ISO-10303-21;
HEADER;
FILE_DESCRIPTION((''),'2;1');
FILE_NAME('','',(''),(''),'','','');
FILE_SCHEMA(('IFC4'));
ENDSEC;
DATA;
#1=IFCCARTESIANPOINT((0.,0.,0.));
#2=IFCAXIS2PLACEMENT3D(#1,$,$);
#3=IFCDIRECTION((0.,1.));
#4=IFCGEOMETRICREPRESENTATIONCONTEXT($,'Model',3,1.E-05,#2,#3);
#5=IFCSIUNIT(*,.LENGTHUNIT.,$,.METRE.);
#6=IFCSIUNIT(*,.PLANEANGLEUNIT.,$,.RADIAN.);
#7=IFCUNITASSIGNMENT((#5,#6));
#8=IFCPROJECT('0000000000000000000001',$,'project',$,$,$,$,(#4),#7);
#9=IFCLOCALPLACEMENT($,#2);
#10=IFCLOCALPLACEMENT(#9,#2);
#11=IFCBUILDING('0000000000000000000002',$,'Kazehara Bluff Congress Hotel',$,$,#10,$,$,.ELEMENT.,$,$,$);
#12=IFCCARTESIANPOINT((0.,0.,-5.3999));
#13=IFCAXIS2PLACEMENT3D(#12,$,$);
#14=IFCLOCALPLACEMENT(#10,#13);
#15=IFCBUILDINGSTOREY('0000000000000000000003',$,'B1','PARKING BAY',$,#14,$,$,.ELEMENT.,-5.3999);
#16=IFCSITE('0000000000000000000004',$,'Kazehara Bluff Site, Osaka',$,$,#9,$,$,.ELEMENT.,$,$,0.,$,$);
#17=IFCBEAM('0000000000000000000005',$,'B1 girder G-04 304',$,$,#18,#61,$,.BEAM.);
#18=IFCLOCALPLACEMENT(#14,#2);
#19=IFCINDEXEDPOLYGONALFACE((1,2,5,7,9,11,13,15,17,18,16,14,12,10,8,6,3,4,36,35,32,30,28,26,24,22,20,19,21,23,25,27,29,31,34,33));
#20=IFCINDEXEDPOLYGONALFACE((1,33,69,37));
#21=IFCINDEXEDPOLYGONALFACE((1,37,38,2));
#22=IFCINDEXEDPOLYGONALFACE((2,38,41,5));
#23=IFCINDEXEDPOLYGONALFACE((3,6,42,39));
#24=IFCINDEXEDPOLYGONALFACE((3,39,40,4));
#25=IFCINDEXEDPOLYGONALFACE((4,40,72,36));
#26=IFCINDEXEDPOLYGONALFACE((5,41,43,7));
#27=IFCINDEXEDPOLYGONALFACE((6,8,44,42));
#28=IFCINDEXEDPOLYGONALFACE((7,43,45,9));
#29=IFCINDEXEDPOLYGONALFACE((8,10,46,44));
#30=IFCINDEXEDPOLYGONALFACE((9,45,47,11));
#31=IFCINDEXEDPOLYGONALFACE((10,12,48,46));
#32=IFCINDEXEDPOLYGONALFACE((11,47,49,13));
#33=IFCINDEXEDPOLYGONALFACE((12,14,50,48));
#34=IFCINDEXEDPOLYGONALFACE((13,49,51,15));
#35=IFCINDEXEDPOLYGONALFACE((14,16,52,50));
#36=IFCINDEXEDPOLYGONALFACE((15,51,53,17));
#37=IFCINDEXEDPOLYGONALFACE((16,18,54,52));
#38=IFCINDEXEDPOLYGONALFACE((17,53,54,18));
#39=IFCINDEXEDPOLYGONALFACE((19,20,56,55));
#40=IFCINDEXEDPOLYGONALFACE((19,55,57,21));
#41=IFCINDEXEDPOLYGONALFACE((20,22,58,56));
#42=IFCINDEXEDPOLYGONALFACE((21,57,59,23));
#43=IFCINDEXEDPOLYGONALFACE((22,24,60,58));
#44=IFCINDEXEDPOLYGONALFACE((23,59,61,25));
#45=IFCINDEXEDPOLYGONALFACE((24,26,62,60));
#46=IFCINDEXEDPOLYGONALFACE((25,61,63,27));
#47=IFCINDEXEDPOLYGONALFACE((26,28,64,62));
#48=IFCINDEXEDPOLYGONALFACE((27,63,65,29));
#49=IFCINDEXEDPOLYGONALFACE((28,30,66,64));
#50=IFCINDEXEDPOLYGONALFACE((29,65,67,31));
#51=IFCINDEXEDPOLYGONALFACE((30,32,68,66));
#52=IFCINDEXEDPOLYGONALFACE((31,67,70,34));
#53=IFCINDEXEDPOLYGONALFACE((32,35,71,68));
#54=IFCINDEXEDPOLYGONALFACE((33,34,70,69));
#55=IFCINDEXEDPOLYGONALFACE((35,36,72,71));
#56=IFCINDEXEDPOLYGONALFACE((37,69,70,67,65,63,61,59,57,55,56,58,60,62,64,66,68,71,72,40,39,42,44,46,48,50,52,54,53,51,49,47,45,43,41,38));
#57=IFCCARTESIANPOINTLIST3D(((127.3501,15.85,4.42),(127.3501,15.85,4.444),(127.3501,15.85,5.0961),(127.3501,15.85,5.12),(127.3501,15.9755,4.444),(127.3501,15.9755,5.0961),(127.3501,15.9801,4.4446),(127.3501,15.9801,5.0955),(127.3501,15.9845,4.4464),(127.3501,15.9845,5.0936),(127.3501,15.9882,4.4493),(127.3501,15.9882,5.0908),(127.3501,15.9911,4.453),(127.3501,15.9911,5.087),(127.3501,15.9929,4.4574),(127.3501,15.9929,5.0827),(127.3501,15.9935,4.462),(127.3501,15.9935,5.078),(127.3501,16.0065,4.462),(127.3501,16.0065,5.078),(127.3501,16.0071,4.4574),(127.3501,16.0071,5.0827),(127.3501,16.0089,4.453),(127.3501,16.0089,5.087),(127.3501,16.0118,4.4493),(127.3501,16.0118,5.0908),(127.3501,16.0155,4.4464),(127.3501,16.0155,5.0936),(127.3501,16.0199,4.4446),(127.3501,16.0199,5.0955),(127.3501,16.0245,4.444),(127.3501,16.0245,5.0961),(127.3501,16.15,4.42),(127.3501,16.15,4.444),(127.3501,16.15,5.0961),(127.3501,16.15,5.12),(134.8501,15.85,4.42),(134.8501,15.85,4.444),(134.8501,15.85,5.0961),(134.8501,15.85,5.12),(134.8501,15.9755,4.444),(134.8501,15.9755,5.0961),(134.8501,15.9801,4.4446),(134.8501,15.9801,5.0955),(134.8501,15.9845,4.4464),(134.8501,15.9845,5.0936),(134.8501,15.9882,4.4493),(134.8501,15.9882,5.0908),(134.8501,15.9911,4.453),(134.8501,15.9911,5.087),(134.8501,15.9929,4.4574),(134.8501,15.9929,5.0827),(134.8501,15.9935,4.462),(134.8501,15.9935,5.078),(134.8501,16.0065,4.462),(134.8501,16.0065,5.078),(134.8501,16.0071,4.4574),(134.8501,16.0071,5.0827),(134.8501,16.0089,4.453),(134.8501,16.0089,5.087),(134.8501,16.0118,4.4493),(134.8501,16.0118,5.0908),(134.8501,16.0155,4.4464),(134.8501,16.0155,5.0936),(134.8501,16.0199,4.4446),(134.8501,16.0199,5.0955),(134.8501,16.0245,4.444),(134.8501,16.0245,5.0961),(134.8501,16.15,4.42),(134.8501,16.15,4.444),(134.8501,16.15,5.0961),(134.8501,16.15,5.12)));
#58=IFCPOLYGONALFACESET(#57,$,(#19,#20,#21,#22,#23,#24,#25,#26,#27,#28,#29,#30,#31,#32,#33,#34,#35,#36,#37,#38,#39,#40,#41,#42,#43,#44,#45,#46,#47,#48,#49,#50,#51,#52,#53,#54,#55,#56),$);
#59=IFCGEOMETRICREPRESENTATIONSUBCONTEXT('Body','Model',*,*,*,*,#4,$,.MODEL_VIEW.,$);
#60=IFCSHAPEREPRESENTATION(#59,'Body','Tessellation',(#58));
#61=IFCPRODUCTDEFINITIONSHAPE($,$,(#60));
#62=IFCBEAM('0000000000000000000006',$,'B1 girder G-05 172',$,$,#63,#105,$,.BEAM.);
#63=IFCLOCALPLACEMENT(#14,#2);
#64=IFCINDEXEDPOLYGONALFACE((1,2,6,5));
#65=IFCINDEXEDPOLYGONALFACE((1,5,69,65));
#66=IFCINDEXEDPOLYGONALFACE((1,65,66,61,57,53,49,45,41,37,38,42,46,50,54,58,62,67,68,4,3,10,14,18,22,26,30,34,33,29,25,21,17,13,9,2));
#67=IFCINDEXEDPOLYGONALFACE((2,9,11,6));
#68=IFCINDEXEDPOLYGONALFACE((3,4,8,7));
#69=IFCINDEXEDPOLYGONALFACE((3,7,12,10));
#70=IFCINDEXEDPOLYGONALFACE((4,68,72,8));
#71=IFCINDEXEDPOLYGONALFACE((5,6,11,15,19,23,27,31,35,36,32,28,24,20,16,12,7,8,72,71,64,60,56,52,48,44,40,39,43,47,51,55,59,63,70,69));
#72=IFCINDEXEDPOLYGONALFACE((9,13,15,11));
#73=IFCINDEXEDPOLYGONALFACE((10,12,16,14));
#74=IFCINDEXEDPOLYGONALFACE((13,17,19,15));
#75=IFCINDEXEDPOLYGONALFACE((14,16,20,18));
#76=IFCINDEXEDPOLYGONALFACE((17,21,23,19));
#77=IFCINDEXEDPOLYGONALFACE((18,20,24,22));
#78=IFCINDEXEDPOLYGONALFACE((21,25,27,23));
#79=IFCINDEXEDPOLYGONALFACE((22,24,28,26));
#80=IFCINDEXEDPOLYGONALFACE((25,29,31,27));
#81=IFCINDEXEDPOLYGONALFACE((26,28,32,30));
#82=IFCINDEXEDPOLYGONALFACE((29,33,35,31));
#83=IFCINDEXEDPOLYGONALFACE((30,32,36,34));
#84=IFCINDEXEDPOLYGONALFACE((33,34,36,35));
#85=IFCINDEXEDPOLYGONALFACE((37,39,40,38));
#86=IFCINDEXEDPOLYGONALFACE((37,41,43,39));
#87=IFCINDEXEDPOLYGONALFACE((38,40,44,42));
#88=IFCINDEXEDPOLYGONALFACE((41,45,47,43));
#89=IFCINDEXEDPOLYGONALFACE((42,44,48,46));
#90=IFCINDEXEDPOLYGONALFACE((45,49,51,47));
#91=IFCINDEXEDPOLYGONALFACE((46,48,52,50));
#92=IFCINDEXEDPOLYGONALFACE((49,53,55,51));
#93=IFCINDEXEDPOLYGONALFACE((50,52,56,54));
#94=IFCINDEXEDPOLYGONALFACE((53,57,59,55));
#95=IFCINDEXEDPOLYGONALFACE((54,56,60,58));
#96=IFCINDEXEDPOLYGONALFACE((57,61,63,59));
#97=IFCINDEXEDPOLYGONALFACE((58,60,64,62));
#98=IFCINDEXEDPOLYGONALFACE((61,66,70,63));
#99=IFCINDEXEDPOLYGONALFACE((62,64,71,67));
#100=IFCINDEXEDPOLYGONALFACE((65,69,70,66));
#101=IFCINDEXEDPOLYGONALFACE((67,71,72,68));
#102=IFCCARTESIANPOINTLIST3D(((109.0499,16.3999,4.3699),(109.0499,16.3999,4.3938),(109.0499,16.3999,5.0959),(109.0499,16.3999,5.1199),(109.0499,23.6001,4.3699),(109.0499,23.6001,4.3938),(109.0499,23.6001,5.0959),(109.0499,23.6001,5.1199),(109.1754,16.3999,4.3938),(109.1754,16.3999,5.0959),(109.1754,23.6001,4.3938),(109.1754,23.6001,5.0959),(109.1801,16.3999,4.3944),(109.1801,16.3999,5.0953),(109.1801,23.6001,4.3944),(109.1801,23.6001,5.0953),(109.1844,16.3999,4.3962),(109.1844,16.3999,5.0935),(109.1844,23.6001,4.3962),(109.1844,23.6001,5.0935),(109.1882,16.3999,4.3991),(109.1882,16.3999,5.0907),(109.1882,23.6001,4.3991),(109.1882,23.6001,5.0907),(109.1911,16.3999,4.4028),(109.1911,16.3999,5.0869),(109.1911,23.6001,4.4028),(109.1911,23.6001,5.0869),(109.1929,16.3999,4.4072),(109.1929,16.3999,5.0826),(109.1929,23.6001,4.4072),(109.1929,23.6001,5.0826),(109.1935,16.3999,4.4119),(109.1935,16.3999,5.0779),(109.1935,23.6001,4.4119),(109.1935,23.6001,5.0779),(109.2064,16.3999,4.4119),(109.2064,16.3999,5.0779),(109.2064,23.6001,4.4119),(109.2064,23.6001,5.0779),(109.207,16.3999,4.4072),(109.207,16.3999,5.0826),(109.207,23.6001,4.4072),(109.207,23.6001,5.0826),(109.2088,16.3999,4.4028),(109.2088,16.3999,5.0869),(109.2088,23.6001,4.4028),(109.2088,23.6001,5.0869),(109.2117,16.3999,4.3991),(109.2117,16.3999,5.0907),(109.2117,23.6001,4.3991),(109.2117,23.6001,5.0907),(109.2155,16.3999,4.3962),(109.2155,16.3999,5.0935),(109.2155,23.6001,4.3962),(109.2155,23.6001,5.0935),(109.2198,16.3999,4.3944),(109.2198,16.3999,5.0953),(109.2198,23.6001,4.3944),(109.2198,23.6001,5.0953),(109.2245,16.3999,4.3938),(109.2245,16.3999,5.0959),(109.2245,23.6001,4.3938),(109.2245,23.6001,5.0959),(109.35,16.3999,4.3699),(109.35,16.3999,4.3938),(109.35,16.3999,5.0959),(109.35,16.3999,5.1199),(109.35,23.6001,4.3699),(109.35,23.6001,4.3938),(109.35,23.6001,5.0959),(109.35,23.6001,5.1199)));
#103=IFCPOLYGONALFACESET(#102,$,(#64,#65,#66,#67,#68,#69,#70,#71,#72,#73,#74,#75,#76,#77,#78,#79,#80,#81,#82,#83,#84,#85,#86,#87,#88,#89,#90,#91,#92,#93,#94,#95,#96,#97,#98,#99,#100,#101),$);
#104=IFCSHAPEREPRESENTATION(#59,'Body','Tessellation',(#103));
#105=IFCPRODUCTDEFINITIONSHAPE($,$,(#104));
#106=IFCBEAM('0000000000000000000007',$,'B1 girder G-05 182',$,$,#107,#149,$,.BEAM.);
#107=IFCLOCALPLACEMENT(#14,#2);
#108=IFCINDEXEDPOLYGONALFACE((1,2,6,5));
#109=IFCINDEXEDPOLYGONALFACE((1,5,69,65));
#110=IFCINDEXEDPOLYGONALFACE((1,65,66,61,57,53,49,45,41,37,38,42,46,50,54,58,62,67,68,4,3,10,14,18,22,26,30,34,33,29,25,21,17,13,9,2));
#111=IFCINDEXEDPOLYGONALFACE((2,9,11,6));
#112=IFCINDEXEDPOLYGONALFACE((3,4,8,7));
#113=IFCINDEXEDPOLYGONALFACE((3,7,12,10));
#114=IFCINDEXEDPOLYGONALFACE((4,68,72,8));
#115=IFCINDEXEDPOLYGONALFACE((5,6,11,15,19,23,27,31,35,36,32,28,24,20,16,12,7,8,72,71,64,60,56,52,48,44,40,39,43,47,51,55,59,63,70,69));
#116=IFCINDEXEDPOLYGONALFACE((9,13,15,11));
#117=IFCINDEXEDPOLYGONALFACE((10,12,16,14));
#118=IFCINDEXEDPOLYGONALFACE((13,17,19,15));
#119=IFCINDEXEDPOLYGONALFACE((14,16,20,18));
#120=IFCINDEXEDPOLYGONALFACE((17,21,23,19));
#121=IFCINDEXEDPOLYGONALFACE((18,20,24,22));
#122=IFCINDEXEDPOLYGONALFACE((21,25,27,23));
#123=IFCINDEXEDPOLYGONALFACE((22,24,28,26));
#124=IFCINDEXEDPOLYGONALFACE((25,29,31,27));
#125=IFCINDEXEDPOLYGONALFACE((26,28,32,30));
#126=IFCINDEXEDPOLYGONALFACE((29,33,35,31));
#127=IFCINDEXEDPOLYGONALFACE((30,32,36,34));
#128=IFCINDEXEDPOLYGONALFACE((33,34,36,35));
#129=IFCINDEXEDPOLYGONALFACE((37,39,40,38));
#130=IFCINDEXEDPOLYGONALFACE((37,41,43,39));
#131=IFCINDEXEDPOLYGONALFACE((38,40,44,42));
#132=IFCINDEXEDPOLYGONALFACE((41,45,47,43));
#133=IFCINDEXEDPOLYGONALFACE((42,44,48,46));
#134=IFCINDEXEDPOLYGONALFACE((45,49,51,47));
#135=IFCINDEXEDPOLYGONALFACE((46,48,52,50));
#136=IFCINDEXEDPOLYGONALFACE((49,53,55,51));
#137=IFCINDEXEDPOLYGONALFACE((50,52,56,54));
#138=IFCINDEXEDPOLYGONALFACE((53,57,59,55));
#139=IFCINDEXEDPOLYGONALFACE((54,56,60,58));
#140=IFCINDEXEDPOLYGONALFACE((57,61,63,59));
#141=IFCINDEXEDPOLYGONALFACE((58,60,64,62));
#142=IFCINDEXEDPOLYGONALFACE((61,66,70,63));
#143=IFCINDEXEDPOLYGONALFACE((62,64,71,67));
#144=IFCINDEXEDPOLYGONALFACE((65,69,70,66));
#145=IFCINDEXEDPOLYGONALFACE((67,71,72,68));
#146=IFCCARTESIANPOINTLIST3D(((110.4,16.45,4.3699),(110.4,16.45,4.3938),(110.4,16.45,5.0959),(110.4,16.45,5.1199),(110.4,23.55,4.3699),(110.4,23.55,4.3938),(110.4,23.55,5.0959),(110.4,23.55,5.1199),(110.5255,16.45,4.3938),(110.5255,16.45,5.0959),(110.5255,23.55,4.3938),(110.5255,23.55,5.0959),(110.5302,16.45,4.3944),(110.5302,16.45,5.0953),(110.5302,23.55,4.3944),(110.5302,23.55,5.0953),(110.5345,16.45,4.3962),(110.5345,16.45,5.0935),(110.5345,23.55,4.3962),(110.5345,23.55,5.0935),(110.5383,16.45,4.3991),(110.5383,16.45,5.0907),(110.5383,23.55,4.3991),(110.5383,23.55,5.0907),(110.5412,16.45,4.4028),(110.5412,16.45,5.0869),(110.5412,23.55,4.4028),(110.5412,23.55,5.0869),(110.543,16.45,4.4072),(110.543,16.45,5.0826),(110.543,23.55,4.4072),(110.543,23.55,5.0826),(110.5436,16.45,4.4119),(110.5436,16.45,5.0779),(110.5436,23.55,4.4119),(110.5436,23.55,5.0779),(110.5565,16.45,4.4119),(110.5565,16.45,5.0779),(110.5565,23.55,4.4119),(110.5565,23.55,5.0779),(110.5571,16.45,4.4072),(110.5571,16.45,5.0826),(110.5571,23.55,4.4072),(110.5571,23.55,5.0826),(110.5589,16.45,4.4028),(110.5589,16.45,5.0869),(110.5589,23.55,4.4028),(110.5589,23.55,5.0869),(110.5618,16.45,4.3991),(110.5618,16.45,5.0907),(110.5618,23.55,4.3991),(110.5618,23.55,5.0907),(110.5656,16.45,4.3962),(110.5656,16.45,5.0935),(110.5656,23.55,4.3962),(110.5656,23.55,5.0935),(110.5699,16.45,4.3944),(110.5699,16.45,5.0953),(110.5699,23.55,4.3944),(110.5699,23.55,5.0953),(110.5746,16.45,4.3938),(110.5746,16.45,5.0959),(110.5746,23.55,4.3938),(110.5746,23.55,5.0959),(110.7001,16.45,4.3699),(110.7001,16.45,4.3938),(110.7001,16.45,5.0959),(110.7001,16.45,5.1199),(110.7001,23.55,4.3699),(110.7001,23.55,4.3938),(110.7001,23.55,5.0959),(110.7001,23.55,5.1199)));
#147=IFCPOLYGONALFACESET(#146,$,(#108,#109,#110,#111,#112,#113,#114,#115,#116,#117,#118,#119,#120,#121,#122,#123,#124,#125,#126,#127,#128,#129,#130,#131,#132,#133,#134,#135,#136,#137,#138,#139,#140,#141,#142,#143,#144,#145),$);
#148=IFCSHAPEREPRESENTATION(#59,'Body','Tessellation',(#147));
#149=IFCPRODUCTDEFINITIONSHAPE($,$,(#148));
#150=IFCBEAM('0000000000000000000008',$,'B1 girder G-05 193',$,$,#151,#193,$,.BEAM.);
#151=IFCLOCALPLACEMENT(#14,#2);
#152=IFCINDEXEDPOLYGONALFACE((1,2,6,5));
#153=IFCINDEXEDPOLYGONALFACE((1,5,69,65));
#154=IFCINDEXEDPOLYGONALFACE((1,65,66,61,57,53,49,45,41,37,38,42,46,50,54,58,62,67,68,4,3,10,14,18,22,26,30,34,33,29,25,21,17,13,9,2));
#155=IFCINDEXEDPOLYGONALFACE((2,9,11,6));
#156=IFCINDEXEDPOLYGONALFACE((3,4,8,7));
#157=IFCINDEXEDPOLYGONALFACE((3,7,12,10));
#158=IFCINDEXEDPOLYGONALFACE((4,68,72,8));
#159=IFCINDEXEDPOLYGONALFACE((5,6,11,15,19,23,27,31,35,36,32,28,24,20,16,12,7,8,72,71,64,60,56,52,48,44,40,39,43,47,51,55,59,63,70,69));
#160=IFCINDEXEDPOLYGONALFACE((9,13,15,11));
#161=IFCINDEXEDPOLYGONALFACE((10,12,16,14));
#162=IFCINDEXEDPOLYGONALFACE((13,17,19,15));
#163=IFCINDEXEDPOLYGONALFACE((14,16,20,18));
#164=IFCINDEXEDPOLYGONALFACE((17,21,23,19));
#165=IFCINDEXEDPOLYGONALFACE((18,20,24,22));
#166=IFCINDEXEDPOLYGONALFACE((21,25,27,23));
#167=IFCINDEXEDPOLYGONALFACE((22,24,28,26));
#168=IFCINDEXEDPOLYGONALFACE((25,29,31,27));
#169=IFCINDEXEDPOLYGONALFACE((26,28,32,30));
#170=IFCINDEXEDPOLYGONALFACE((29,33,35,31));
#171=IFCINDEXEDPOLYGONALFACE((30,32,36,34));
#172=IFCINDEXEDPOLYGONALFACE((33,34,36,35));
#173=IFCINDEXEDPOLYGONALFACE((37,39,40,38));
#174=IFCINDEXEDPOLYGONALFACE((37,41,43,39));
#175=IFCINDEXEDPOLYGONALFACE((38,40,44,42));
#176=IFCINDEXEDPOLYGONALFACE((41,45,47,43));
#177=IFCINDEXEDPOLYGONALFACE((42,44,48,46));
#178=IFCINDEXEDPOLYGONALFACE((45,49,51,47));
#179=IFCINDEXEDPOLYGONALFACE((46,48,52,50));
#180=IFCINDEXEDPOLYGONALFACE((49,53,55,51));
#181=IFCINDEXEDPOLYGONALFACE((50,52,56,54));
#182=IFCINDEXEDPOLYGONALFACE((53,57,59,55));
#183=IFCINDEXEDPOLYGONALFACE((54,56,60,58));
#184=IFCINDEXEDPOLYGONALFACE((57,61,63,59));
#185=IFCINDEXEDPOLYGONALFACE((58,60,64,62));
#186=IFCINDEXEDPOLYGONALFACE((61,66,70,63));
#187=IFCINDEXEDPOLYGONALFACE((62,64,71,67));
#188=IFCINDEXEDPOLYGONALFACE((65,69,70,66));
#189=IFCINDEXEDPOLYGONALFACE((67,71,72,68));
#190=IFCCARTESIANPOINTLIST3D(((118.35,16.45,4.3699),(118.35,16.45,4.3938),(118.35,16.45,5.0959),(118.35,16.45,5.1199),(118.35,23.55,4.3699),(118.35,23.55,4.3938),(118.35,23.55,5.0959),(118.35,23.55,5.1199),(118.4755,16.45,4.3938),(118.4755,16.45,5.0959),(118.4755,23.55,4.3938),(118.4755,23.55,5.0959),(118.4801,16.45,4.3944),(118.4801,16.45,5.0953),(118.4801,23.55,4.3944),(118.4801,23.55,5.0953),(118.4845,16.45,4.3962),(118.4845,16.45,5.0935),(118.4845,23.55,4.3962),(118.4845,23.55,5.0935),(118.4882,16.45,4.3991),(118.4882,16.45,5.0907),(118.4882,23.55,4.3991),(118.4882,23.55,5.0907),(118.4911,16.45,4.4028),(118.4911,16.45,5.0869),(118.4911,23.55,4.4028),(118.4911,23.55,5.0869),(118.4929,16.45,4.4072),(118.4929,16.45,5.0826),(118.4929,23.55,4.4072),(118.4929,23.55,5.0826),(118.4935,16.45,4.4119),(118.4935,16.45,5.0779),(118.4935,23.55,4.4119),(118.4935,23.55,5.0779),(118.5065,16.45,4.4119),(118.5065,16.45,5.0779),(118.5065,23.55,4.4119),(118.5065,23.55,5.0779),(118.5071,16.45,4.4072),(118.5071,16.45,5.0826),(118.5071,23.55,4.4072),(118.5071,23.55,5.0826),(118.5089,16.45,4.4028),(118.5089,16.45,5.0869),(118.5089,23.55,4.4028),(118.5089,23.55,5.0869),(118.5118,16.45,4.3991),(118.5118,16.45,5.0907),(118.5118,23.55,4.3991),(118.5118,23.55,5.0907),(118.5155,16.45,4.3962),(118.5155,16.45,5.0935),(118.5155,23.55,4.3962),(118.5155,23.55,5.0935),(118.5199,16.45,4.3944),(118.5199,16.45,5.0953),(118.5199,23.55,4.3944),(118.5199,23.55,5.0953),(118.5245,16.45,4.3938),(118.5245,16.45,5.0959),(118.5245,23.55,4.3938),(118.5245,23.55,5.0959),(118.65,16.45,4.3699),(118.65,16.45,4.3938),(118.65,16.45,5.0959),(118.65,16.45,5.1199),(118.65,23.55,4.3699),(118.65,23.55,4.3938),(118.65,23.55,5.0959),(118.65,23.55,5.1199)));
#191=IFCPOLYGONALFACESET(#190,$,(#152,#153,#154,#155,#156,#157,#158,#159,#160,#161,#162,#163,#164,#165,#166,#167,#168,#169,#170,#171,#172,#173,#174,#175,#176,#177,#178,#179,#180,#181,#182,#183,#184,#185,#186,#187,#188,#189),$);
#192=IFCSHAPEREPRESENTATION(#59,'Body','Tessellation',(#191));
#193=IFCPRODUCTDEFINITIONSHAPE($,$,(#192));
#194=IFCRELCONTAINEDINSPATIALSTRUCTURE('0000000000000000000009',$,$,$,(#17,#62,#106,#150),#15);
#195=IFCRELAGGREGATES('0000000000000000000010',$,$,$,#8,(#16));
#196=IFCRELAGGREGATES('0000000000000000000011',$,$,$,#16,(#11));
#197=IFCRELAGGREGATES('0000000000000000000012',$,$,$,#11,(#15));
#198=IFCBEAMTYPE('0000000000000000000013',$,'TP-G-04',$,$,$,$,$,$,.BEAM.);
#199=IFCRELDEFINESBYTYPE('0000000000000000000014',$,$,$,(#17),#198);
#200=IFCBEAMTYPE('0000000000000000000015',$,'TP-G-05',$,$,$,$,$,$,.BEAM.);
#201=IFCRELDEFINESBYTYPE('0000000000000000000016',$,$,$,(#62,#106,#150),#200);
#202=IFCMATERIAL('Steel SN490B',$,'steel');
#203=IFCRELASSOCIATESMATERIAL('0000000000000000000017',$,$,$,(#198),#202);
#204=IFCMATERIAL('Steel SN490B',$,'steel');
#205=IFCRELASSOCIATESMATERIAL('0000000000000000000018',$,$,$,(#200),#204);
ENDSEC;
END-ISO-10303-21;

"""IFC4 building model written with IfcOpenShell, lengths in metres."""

from ifc_helpers import new_model, si_unit, direction, frame, origin, origin_2d, place, context, subcontext, project, spatial, i_section, extrude, material, material_profile, profile_set, type_object, element, save


model = new_model("IFC4")

# Units and contexts
model_context = context("Model", 3, precision=1e-05, world=origin(), true_north=direction((0.0, 1.0)))
body_context = subcontext(model_context, "Body", "Model", "MODEL_VIEW")
ifc_project = project(units=[si_unit("LENGTHUNIT", "METRE"), si_unit("PLANEANGLEUNIT", "RADIAN")], contexts=[model_context])

# Site, building, storey
site_placement = place(None, origin())
site = spatial("IfcSite", under=ifc_project, at=site_placement, Name="Kazehara Bluff Site, Osaka", CompositionType="ELEMENT", RefElevation=0.0)
building_placement = place(site_placement, origin())
building = spatial("IfcBuilding", under=site, at=building_placement, Name="Kazehara Bluff Congress Hotel", CompositionType="ELEMENT")
storey_placement = place(building_placement, frame((0.0, 0.0, -5.3999)))
storey = spatial("IfcBuildingStorey", under=building, at=storey_placement, Name="B1", Description="PARKING BAY", CompositionType="ELEMENT", Elevation=-5.3999)

# Beams
ifc_material_1 = material(Name="Steel SN490B", Category="steel")
ifc_material_profile_1 = material_profile(ifc_material_1, i_section(OverallWidth=0.3, OverallDepth=0.7, WebThickness=0.0129, FlangeThickness=0.0239, FilletRadius=0.0181, at=origin_2d()))
ifc_profile_set_1 = profile_set([ifc_material_profile_1], Name="Steel SN490B")
beam_type_1 = type_object("IfcBeamType", Name="TP-G-04", PredefinedType="BEAM", material=ifc_profile_set_1)
for number, where, z_axis, x_axis, name in (
    (1, (127.3501, 16.0, 4.77), (1.0, 0.0, 0.0), (0.0, 1.0, 0.0), "B1 girder G-04 304"),
):
    element("IfcBeam", number, at=place(storey_placement, frame(where, z_axis=z_axis, x_axis=x_axis)), inside=storey, type_object=beam_type_1, Name=name, PredefinedType="BEAM", context=body_context, shape_type="SweptSolid", body=[
        extrude(i_section(OverallWidth=0.3, OverallDepth=0.7, WebThickness=0.0129, FlangeThickness=0.0239, FilletRadius=0.0181, at=origin_2d()), origin(), (0.0, 0.0, 1.0), 7.5),
    ])
ifc_material_2 = material(Name="Steel SN490B", Category="steel")
ifc_material_profile_2 = material_profile(ifc_material_2, i_section(OverallWidth=0.3, OverallDepth=0.75, WebThickness=0.0129, FlangeThickness=0.0239, FilletRadius=0.0181, at=origin_2d()))
ifc_profile_set_2 = profile_set([ifc_material_profile_2], Name="Steel SN490B")
beam_type_2 = type_object("IfcBeamType", Name="TP-G-05", PredefinedType="BEAM", material=ifc_profile_set_2)
beam_1_placement = place(storey_placement, frame((109.2, 16.3999, 4.7449), z_axis=(0.0, 1.0, 0.0), x_axis=(-1.0, 0.0, 0.0)))
element("IfcBeam", 2, at=beam_1_placement, inside=storey, type_object=beam_type_2, Name="B1 girder G-05 172", PredefinedType="BEAM", context=body_context, shape_type="SweptSolid", body=[
    extrude(i_section(OverallWidth=0.3, OverallDepth=0.75, WebThickness=0.0129, FlangeThickness=0.0239, FilletRadius=0.0181, at=origin_2d()), origin(), (0.0, 0.0, 1.0), 7.2002),
])
for number, where, z_axis, x_axis, name in (
    (3, (110.55, 16.45, 4.7449), (0.0, 1.0, 0.0), (-1.0, 0.0, 0.0), "B1 girder G-05 182"),
    (4, (118.5, 16.45, 4.7449), (0.0, 1.0, 0.0), (-1.0, 0.0, 0.0), "B1 girder G-05 193"),
):
    element("IfcBeam", number, at=place(storey_placement, frame(where, z_axis=z_axis, x_axis=x_axis)), inside=storey, type_object=beam_type_2, Name=name, PredefinedType="BEAM", context=body_context, shape_type="SweptSolid", body=[
        extrude(i_section(OverallWidth=0.3, OverallDepth=0.75, WebThickness=0.0129, FlangeThickness=0.0239, FilletRadius=0.0181, at=origin_2d()), origin(), (0.0, 0.0, 1.0), 7.1001),
    ])

save(model, "model.ifc")
